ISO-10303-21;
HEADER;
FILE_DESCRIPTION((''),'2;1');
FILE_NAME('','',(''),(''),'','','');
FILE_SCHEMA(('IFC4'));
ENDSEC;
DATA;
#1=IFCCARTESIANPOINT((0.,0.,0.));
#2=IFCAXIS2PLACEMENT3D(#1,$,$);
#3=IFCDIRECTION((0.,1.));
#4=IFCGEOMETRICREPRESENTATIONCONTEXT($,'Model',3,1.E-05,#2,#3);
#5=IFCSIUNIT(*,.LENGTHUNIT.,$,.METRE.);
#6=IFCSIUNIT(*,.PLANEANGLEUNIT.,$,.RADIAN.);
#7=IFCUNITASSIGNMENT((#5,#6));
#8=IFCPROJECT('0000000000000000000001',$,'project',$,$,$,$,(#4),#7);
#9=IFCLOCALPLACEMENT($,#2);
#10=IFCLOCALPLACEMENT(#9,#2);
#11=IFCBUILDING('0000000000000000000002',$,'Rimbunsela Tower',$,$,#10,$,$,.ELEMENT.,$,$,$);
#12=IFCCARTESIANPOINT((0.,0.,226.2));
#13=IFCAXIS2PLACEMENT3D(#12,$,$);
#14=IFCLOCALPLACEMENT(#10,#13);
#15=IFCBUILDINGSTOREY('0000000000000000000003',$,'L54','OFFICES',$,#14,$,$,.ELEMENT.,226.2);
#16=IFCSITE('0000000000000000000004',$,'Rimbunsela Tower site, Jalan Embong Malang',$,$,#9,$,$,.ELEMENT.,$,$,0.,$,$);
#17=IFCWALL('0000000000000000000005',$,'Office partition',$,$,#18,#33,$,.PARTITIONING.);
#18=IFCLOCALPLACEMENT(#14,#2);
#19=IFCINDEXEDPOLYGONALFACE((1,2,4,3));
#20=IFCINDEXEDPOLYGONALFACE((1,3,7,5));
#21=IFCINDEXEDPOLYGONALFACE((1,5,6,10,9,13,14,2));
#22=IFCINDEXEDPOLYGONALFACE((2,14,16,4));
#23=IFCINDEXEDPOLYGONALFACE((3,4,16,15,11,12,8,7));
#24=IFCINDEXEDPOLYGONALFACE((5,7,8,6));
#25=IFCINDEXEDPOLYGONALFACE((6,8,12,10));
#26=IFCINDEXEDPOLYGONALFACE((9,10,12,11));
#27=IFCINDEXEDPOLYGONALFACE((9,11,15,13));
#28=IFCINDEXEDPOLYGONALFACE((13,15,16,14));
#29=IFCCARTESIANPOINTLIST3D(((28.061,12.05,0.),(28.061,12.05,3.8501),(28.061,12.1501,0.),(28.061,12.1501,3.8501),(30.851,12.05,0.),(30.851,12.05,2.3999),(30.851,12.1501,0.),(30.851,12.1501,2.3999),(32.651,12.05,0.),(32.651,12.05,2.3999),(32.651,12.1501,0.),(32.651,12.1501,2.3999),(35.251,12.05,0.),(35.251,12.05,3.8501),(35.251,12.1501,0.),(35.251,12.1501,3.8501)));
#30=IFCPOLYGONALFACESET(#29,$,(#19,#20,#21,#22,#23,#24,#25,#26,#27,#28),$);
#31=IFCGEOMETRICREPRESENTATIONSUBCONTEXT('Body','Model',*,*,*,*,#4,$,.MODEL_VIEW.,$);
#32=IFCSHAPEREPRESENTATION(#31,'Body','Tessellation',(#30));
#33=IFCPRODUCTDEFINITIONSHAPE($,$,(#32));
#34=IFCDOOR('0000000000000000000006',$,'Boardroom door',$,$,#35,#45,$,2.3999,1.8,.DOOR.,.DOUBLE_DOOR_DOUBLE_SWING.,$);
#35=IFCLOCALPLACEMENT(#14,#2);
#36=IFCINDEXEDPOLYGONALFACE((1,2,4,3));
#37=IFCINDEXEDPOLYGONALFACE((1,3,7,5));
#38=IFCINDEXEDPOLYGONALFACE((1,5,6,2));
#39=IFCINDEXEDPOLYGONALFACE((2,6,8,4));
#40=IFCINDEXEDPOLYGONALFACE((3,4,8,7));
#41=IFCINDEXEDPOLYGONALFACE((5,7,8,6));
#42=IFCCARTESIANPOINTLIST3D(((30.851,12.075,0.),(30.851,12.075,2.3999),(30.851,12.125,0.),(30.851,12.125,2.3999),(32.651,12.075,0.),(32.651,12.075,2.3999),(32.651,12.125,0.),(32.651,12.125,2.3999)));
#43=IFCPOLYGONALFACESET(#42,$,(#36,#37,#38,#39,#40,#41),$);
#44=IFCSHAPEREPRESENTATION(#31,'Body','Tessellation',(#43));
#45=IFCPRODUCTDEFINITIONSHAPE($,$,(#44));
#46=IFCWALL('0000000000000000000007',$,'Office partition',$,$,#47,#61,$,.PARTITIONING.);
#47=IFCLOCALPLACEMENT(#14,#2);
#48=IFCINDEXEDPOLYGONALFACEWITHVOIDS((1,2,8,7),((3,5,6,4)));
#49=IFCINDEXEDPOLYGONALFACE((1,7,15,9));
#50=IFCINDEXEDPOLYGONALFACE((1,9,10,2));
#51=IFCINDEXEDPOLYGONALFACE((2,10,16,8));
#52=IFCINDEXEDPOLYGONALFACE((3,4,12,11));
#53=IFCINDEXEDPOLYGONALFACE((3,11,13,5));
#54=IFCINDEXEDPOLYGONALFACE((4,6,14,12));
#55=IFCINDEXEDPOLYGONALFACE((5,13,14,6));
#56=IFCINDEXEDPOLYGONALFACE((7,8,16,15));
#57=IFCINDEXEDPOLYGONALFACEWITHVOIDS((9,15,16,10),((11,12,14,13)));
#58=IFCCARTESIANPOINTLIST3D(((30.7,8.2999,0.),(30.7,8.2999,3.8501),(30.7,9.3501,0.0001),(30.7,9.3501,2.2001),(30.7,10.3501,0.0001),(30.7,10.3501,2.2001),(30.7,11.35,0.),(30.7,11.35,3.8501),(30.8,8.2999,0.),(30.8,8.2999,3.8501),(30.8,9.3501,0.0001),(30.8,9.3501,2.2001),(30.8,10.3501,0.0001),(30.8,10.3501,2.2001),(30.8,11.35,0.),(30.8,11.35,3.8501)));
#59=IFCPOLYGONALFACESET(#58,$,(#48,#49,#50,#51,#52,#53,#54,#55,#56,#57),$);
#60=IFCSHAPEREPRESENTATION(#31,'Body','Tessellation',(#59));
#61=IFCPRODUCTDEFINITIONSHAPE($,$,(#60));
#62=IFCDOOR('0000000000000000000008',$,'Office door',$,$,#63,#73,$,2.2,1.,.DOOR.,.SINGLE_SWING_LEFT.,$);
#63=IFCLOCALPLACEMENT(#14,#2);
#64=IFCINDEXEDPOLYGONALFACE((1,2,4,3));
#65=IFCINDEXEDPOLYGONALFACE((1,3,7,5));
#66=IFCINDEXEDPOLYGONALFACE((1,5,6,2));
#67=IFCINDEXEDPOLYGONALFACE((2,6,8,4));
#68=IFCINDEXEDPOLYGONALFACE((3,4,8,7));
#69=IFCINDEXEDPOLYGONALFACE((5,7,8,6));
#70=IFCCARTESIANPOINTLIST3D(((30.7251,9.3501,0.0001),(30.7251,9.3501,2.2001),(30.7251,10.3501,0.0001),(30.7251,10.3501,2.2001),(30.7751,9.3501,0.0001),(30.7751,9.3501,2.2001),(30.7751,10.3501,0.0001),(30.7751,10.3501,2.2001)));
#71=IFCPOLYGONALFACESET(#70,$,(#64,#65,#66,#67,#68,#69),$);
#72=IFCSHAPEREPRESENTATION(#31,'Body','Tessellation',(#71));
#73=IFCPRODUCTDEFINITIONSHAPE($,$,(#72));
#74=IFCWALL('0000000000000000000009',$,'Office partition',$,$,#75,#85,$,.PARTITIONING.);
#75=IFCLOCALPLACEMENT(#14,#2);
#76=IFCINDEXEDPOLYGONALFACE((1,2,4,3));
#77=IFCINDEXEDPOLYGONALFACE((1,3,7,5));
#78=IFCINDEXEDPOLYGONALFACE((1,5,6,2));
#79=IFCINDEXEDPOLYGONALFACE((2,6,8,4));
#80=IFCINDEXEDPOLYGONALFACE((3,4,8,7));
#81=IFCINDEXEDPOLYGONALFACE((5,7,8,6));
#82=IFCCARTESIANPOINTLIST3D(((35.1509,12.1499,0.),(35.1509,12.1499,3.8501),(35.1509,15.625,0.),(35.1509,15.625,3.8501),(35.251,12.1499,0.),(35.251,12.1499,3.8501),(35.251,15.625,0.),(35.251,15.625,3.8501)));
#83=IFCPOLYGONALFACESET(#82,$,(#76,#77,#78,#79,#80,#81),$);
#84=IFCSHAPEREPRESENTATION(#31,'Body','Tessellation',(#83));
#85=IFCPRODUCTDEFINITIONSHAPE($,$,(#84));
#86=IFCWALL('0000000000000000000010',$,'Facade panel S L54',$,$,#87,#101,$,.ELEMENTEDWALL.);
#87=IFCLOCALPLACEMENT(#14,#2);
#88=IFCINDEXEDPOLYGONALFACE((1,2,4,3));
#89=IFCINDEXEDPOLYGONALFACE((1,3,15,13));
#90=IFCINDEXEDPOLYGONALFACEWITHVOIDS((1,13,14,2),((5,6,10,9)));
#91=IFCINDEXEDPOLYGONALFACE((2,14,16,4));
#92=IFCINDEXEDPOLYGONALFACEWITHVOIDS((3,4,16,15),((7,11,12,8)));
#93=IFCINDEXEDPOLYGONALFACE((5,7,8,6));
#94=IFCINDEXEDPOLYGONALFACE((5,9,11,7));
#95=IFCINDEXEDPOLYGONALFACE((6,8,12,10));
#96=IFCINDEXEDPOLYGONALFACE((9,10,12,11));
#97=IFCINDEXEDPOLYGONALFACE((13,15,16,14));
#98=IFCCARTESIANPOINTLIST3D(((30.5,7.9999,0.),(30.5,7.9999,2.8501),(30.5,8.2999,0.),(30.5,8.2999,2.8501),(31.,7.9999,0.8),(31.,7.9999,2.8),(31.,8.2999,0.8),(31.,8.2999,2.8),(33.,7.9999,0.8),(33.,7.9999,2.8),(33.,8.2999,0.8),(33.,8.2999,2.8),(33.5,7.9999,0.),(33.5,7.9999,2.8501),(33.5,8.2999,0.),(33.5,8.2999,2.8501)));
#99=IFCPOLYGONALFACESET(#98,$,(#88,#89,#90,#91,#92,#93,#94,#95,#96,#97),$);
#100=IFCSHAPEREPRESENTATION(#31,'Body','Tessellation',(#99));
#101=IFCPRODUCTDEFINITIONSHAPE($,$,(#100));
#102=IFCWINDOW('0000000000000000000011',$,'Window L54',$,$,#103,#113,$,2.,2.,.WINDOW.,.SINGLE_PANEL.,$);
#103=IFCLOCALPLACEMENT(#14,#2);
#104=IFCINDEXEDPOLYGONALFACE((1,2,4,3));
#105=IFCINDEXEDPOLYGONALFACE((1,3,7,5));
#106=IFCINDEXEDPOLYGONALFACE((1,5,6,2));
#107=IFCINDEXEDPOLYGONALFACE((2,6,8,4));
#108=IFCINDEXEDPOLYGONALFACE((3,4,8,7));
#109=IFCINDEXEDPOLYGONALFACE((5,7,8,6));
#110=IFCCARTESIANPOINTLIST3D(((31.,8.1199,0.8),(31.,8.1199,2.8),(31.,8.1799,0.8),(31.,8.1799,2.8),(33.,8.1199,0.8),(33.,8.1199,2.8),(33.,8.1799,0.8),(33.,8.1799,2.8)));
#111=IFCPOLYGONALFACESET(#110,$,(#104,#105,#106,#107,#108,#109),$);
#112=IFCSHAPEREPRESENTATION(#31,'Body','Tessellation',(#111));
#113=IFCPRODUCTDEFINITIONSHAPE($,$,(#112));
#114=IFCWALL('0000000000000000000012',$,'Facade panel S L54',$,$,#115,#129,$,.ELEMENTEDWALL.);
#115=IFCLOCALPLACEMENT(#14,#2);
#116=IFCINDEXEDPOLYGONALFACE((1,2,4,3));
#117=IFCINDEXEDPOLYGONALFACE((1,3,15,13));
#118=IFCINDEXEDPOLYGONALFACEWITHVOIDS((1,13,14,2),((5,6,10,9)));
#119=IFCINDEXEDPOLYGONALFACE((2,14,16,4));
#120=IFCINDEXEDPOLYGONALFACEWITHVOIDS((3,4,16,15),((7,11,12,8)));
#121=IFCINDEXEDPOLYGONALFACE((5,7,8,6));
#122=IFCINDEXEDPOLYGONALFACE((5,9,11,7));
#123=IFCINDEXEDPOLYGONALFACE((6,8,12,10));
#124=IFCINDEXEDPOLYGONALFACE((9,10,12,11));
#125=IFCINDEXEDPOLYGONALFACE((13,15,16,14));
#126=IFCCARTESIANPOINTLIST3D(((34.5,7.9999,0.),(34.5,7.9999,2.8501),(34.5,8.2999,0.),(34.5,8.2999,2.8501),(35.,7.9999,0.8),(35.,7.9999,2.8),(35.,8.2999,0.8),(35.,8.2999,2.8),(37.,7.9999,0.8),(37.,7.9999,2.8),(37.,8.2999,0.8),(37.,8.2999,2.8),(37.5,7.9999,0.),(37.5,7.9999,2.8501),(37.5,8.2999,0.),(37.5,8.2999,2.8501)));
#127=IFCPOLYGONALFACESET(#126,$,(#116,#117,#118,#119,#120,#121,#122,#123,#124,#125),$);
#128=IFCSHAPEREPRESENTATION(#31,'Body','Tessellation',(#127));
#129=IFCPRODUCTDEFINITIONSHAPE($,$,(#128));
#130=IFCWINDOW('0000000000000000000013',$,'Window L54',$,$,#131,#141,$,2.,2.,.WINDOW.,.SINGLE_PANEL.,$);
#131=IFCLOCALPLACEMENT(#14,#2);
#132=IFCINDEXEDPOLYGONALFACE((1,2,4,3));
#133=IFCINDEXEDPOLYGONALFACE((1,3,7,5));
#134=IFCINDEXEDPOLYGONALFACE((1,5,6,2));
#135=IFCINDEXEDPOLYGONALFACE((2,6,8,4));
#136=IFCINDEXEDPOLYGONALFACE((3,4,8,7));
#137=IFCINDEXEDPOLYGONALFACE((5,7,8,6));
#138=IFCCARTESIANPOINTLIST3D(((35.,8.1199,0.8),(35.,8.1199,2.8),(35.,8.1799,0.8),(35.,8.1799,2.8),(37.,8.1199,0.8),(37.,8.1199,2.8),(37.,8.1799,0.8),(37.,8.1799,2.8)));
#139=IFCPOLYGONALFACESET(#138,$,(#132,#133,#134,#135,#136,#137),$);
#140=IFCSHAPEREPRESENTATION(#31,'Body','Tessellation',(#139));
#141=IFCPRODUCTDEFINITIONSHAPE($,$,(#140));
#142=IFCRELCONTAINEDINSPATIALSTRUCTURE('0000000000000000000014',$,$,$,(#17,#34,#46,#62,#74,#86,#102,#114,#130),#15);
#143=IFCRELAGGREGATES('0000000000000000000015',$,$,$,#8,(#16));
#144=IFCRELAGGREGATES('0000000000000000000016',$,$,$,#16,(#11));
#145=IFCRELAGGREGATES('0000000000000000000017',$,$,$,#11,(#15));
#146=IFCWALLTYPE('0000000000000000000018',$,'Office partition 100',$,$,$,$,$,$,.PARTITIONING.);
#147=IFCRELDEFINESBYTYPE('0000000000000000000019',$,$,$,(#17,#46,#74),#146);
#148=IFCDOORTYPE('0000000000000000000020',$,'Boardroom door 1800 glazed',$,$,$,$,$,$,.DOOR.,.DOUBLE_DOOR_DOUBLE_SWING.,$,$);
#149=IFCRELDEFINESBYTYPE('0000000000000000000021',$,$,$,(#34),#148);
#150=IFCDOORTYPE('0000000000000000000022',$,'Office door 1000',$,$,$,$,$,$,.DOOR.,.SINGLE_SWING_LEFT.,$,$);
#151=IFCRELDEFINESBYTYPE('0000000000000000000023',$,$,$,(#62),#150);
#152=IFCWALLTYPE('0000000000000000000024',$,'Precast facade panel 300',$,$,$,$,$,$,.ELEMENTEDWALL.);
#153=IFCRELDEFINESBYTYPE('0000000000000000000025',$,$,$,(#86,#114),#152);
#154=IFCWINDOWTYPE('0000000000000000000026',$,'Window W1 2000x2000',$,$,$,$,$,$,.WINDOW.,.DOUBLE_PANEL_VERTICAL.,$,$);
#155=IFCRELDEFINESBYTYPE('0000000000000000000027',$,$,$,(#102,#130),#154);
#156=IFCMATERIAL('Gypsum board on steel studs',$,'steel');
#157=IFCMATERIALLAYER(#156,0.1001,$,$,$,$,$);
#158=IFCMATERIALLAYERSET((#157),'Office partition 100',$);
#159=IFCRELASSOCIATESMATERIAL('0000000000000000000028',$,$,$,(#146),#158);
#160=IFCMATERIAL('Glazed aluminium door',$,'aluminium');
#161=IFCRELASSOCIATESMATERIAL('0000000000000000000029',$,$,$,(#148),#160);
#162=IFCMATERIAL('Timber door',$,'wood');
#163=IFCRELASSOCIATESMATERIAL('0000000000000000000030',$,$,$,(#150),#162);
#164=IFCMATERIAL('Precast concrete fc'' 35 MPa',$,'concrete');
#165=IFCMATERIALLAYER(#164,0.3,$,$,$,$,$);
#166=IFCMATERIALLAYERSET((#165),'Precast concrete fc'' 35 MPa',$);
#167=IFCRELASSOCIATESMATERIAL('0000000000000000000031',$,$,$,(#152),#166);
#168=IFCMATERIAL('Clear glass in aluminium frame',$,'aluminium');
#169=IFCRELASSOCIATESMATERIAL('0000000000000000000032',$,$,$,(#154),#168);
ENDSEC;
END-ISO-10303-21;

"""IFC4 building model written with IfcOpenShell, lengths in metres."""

from ifc_helpers import new_model, si_unit, direction, frame, frame_2d, origin, place, context, subcontext, project, spatial, rectangle, extrude, material, layer, layer_set, type_object, element, fill, save


model = new_model("IFC4")

# Units and contexts
model_context = context("Model", 3, precision=1e-05, world=origin(), true_north=direction((0.0, 1.0)))
body_context = subcontext(model_context, "Body", "Model", "MODEL_VIEW")
ifc_project = project(units=[si_unit("LENGTHUNIT", "METRE"), si_unit("PLANEANGLEUNIT", "RADIAN")], contexts=[model_context])

# Site, building, storey
site_placement = place(None, origin())
site = spatial("IfcSite", under=ifc_project, at=site_placement, Name="Rimbunsela Tower site, Jalan Embong Malang", CompositionType="ELEMENT", RefElevation=0.0)
building_placement = place(site_placement, origin())
building = spatial("IfcBuilding", under=site, at=building_placement, Name="Rimbunsela Tower", CompositionType="ELEMENT")
storey_placement = place(building_placement, frame((0.0, 0.0, 226.2)))
storey = spatial("IfcBuildingStorey", under=building, at=storey_placement, Name="L54", Description="OFFICES", CompositionType="ELEMENT", Elevation=226.2)

# Walls, openings, doors
ifc_material_1 = material(Name="Gypsum board on steel studs", Category="steel")
ifc_layer_1 = layer(ifc_material_1, 0.1001)
ifc_layer_set_1 = layer_set([ifc_layer_1], Name="Office partition 100")
wall_type_1 = type_object("IfcWallType", Name="Office partition 100", PredefinedType="PARTITIONING", material=ifc_layer_set_1)
wall_1_placement = place(storey_placement, frame((28.061, 12.1001, 0.0), z_axis=(0.0, 0.0, 1.0), x_axis=(1.0, 0.0, 0.0)))
wall_1 = element("IfcWall", 1, at=wall_1_placement, inside=storey, type_object=wall_type_1, Name="Office partition", PredefinedType="PARTITIONING", context=body_context, shape_type="SweptSolid", body=[
    extrude(rectangle(XDim=7.1899, YDim=0.1001, at=frame_2d((3.595, 0.0))), origin(), (0.0, 0.0, 1.0), 3.8501),
])
opening_1_placement = place(wall_1_placement, frame((2.79, 0.0, 0.0)))
opening_1 = element("IfcOpeningElement", 2, at=opening_1_placement, cuts=wall_1, PredefinedType="OPENING", context=body_context, shape_type="SweptSolid", body=[
    extrude(rectangle(XDim=1.8, YDim=2.3999, at=frame_2d((0.8999, 1.2))), frame((0.0, 0.0601, 0.0), z_axis=(0.0, -1.0, 0.0), x_axis=(1.0, 0.0, 0.0)), (0.0, 0.0, 1.0), 0.1201),
])
ifc_material_2 = material(Name="Glazed aluminium door", Category="aluminium")
door_type_1 = type_object("IfcDoorType", Name="Boardroom door 1800 glazed", OperationType="DOUBLE_DOOR_DOUBLE_SWING", PredefinedType="DOOR", material=ifc_material_2)
door_1_placement = place(opening_1_placement, origin())
door_1 = element("IfcDoor", 3, at=door_1_placement, inside=storey, type_object=door_type_1, Name="Boardroom door", OperationType="DOUBLE_DOOR_DOUBLE_SWING", OverallHeight=2.3999, OverallWidth=1.8, PredefinedType="DOOR", context=body_context, shape_type="SweptSolid", body=[
    extrude(rectangle(XDim=1.8, YDim=2.3999, at=frame_2d((0.8999, 1.2))), frame((0.0, 0.0249, 0.0), z_axis=(0.0, -1.0, 0.0), x_axis=(1.0, 0.0, 0.0)), (0.0, 0.0, 1.0), 0.05),
])
fill(opening_1, door_1)
wall_2_placement = place(storey_placement, frame((30.75, 8.3, 0.0), z_axis=(0.0, 0.0, 1.0), x_axis=(0.0, 1.0, 0.0)))
wall_2 = element("IfcWall", 4, at=wall_2_placement, inside=storey, type_object=wall_type_1, Name="Office partition", PredefinedType="PARTITIONING", context=body_context, shape_type="SweptSolid", body=[
    extrude(rectangle(XDim=3.05, YDim=0.1001, at=frame_2d((1.5249, 0.0))), origin(), (0.0, 0.0, 1.0), 3.8501),
])
opening_2_placement = place(wall_2_placement, frame((1.05, 0.0, 0.0)))
opening_2 = element("IfcOpeningElement", 5, at=opening_2_placement, cuts=wall_2, PredefinedType="OPENING", context=body_context, shape_type="SweptSolid", body=[
    extrude(rectangle(XDim=1.0, YDim=2.2, at=frame_2d((0.5, 1.1001))), frame((0.0, 0.0601, 0.0), z_axis=(0.0, -1.0, 0.0), x_axis=(1.0, 0.0, 0.0)), (0.0, 0.0, 1.0), 0.1201),
])
ifc_material_3 = material(Name="Timber door", Category="wood")
door_type_2 = type_object("IfcDoorType", Name="Office door 1000", OperationType="SINGLE_SWING_LEFT", PredefinedType="DOOR", material=ifc_material_3)
door_2_placement = place(opening_2_placement, origin())
door_2 = element("IfcDoor", 6, at=door_2_placement, inside=storey, type_object=door_type_2, Name="Office door", OperationType="SINGLE_SWING_LEFT", OverallHeight=2.2, OverallWidth=1.0, PredefinedType="DOOR", context=body_context, shape_type="SweptSolid", body=[
    extrude(rectangle(XDim=1.0, YDim=2.2, at=frame_2d((0.5, 1.1001))), frame((0.0, 0.0249, 0.0), z_axis=(0.0, -1.0, 0.0), x_axis=(1.0, 0.0, 0.0)), (0.0, 0.0, 1.0), 0.05),
])
fill(opening_2, door_2)

# Wall
wall_3_placement = place(storey_placement, frame((35.2009, 12.1499, 0.0), z_axis=(0.0, 0.0, 1.0), x_axis=(0.0, 1.0, 0.0)))
element("IfcWall", 7, at=wall_3_placement, inside=storey, type_object=wall_type_1, Name="Office partition", PredefinedType="PARTITIONING", context=body_context, shape_type="SweptSolid", body=[
    extrude(rectangle(XDim=3.4751, YDim=0.1001, at=frame_2d((1.7375, 0.0))), origin(), (0.0, 0.0, 1.0), 3.8501),
])

# Walls, openings, windows
ifc_material_4 = material(Name="Precast concrete fc' 35 MPa", Category="concrete")
ifc_layer_2 = layer(ifc_material_4, 0.3)
ifc_layer_set_2 = layer_set([ifc_layer_2], Name="Precast concrete fc' 35 MPa")
wall_type_2 = type_object("IfcWallType", Name="Precast facade panel 300", PredefinedType="ELEMENTEDWALL", material=ifc_layer_set_2)
wall_4_placement = place(storey_placement, frame((30.5, 8.1499, 0.0), z_axis=(0.0, 0.0, 1.0), x_axis=(1.0, 0.0, 0.0)))
wall_4 = element("IfcWall", 8, at=wall_4_placement, inside=storey, type_object=wall_type_2, Name="Facade panel S L54", PredefinedType="ELEMENTEDWALL", context=body_context, shape_type="SweptSolid", body=[
    extrude(rectangle(XDim=3.0, YDim=0.3, at=frame_2d((1.5, 0.0))), origin(), (0.0, 0.0, 1.0), 2.8501),
])
opening_3_placement = place(wall_4_placement, frame((0.5, 0.0, 0.8)))
opening_3 = element("IfcOpeningElement", 9, at=opening_3_placement, cuts=wall_4, PredefinedType="OPENING", context=body_context, shape_type="SweptSolid", body=[
    extrude(rectangle(XDim=2.0, YDim=2.0, at=frame_2d((1.0, 1.0))), frame((0.0, 0.1599, 0.0), z_axis=(0.0, -1.0, 0.0), x_axis=(1.0, 0.0, 0.0)), (0.0, 0.0, 1.0), 0.3201),
])
ifc_material_5 = material(Name="Clear glass in aluminium frame", Category="aluminium")
window_type = type_object("IfcWindowType", Name="Window W1 2000x2000", PartitioningType="DOUBLE_PANEL_VERTICAL", PredefinedType="WINDOW", material=ifc_material_5)
window_1_placement = place(opening_3_placement, origin())
window_1 = element("IfcWindow", 10, at=window_1_placement, inside=storey, type_object=window_type, Name="Window L54", OverallHeight=2.0, OverallWidth=2.0, PartitioningType="SINGLE_PANEL", PredefinedType="WINDOW", context=body_context, shape_type="SweptSolid", body=[
    extrude(rectangle(XDim=2.0, YDim=2.0, at=frame_2d((1.0, 1.0))), frame((0.0, 0.03, 0.0), z_axis=(0.0, -1.0, 0.0), x_axis=(1.0, 0.0, 0.0)), (0.0, 0.0, 1.0), 0.0601),
])
fill(opening_3, window_1)
wall_5_placement = place(storey_placement, frame((34.5, 8.1499, 0.0), z_axis=(0.0, 0.0, 1.0), x_axis=(1.0, 0.0, 0.0)))
wall_5 = element("IfcWall", 11, at=wall_5_placement, inside=storey, type_object=wall_type_2, Name="Facade panel S L54", PredefinedType="ELEMENTEDWALL", context=body_context, shape_type="SweptSolid", body=[
    extrude(rectangle(XDim=3.0, YDim=0.3, at=frame_2d((1.5, 0.0))), origin(), (0.0, 0.0, 1.0), 2.8501),
])
opening_4_placement = place(wall_5_placement, frame((0.5, 0.0, 0.8)))
opening_4 = element("IfcOpeningElement", 12, at=opening_4_placement, cuts=wall_5, PredefinedType="OPENING", context=body_context, shape_type="SweptSolid", body=[
    extrude(rectangle(XDim=2.0, YDim=2.0, at=frame_2d((1.0, 1.0))), frame((0.0, 0.1599, 0.0), z_axis=(0.0, -1.0, 0.0), x_axis=(1.0, 0.0, 0.0)), (0.0, 0.0, 1.0), 0.3201),
])
window_2_placement = place(opening_4_placement, origin())
window_2 = element("IfcWindow", 13, at=window_2_placement, inside=storey, type_object=window_type, Name="Window L54", OverallHeight=2.0, OverallWidth=2.0, PartitioningType="SINGLE_PANEL", PredefinedType="WINDOW", context=body_context, shape_type="SweptSolid", body=[
    extrude(rectangle(XDim=2.0, YDim=2.0, at=frame_2d((1.0, 1.0))), frame((0.0, 0.03, 0.0), z_axis=(0.0, -1.0, 0.0), x_axis=(1.0, 0.0, 0.0)), (0.0, 0.0, 1.0), 0.0601),
])
fill(opening_4, window_2)

save(model, "model.ifc")
